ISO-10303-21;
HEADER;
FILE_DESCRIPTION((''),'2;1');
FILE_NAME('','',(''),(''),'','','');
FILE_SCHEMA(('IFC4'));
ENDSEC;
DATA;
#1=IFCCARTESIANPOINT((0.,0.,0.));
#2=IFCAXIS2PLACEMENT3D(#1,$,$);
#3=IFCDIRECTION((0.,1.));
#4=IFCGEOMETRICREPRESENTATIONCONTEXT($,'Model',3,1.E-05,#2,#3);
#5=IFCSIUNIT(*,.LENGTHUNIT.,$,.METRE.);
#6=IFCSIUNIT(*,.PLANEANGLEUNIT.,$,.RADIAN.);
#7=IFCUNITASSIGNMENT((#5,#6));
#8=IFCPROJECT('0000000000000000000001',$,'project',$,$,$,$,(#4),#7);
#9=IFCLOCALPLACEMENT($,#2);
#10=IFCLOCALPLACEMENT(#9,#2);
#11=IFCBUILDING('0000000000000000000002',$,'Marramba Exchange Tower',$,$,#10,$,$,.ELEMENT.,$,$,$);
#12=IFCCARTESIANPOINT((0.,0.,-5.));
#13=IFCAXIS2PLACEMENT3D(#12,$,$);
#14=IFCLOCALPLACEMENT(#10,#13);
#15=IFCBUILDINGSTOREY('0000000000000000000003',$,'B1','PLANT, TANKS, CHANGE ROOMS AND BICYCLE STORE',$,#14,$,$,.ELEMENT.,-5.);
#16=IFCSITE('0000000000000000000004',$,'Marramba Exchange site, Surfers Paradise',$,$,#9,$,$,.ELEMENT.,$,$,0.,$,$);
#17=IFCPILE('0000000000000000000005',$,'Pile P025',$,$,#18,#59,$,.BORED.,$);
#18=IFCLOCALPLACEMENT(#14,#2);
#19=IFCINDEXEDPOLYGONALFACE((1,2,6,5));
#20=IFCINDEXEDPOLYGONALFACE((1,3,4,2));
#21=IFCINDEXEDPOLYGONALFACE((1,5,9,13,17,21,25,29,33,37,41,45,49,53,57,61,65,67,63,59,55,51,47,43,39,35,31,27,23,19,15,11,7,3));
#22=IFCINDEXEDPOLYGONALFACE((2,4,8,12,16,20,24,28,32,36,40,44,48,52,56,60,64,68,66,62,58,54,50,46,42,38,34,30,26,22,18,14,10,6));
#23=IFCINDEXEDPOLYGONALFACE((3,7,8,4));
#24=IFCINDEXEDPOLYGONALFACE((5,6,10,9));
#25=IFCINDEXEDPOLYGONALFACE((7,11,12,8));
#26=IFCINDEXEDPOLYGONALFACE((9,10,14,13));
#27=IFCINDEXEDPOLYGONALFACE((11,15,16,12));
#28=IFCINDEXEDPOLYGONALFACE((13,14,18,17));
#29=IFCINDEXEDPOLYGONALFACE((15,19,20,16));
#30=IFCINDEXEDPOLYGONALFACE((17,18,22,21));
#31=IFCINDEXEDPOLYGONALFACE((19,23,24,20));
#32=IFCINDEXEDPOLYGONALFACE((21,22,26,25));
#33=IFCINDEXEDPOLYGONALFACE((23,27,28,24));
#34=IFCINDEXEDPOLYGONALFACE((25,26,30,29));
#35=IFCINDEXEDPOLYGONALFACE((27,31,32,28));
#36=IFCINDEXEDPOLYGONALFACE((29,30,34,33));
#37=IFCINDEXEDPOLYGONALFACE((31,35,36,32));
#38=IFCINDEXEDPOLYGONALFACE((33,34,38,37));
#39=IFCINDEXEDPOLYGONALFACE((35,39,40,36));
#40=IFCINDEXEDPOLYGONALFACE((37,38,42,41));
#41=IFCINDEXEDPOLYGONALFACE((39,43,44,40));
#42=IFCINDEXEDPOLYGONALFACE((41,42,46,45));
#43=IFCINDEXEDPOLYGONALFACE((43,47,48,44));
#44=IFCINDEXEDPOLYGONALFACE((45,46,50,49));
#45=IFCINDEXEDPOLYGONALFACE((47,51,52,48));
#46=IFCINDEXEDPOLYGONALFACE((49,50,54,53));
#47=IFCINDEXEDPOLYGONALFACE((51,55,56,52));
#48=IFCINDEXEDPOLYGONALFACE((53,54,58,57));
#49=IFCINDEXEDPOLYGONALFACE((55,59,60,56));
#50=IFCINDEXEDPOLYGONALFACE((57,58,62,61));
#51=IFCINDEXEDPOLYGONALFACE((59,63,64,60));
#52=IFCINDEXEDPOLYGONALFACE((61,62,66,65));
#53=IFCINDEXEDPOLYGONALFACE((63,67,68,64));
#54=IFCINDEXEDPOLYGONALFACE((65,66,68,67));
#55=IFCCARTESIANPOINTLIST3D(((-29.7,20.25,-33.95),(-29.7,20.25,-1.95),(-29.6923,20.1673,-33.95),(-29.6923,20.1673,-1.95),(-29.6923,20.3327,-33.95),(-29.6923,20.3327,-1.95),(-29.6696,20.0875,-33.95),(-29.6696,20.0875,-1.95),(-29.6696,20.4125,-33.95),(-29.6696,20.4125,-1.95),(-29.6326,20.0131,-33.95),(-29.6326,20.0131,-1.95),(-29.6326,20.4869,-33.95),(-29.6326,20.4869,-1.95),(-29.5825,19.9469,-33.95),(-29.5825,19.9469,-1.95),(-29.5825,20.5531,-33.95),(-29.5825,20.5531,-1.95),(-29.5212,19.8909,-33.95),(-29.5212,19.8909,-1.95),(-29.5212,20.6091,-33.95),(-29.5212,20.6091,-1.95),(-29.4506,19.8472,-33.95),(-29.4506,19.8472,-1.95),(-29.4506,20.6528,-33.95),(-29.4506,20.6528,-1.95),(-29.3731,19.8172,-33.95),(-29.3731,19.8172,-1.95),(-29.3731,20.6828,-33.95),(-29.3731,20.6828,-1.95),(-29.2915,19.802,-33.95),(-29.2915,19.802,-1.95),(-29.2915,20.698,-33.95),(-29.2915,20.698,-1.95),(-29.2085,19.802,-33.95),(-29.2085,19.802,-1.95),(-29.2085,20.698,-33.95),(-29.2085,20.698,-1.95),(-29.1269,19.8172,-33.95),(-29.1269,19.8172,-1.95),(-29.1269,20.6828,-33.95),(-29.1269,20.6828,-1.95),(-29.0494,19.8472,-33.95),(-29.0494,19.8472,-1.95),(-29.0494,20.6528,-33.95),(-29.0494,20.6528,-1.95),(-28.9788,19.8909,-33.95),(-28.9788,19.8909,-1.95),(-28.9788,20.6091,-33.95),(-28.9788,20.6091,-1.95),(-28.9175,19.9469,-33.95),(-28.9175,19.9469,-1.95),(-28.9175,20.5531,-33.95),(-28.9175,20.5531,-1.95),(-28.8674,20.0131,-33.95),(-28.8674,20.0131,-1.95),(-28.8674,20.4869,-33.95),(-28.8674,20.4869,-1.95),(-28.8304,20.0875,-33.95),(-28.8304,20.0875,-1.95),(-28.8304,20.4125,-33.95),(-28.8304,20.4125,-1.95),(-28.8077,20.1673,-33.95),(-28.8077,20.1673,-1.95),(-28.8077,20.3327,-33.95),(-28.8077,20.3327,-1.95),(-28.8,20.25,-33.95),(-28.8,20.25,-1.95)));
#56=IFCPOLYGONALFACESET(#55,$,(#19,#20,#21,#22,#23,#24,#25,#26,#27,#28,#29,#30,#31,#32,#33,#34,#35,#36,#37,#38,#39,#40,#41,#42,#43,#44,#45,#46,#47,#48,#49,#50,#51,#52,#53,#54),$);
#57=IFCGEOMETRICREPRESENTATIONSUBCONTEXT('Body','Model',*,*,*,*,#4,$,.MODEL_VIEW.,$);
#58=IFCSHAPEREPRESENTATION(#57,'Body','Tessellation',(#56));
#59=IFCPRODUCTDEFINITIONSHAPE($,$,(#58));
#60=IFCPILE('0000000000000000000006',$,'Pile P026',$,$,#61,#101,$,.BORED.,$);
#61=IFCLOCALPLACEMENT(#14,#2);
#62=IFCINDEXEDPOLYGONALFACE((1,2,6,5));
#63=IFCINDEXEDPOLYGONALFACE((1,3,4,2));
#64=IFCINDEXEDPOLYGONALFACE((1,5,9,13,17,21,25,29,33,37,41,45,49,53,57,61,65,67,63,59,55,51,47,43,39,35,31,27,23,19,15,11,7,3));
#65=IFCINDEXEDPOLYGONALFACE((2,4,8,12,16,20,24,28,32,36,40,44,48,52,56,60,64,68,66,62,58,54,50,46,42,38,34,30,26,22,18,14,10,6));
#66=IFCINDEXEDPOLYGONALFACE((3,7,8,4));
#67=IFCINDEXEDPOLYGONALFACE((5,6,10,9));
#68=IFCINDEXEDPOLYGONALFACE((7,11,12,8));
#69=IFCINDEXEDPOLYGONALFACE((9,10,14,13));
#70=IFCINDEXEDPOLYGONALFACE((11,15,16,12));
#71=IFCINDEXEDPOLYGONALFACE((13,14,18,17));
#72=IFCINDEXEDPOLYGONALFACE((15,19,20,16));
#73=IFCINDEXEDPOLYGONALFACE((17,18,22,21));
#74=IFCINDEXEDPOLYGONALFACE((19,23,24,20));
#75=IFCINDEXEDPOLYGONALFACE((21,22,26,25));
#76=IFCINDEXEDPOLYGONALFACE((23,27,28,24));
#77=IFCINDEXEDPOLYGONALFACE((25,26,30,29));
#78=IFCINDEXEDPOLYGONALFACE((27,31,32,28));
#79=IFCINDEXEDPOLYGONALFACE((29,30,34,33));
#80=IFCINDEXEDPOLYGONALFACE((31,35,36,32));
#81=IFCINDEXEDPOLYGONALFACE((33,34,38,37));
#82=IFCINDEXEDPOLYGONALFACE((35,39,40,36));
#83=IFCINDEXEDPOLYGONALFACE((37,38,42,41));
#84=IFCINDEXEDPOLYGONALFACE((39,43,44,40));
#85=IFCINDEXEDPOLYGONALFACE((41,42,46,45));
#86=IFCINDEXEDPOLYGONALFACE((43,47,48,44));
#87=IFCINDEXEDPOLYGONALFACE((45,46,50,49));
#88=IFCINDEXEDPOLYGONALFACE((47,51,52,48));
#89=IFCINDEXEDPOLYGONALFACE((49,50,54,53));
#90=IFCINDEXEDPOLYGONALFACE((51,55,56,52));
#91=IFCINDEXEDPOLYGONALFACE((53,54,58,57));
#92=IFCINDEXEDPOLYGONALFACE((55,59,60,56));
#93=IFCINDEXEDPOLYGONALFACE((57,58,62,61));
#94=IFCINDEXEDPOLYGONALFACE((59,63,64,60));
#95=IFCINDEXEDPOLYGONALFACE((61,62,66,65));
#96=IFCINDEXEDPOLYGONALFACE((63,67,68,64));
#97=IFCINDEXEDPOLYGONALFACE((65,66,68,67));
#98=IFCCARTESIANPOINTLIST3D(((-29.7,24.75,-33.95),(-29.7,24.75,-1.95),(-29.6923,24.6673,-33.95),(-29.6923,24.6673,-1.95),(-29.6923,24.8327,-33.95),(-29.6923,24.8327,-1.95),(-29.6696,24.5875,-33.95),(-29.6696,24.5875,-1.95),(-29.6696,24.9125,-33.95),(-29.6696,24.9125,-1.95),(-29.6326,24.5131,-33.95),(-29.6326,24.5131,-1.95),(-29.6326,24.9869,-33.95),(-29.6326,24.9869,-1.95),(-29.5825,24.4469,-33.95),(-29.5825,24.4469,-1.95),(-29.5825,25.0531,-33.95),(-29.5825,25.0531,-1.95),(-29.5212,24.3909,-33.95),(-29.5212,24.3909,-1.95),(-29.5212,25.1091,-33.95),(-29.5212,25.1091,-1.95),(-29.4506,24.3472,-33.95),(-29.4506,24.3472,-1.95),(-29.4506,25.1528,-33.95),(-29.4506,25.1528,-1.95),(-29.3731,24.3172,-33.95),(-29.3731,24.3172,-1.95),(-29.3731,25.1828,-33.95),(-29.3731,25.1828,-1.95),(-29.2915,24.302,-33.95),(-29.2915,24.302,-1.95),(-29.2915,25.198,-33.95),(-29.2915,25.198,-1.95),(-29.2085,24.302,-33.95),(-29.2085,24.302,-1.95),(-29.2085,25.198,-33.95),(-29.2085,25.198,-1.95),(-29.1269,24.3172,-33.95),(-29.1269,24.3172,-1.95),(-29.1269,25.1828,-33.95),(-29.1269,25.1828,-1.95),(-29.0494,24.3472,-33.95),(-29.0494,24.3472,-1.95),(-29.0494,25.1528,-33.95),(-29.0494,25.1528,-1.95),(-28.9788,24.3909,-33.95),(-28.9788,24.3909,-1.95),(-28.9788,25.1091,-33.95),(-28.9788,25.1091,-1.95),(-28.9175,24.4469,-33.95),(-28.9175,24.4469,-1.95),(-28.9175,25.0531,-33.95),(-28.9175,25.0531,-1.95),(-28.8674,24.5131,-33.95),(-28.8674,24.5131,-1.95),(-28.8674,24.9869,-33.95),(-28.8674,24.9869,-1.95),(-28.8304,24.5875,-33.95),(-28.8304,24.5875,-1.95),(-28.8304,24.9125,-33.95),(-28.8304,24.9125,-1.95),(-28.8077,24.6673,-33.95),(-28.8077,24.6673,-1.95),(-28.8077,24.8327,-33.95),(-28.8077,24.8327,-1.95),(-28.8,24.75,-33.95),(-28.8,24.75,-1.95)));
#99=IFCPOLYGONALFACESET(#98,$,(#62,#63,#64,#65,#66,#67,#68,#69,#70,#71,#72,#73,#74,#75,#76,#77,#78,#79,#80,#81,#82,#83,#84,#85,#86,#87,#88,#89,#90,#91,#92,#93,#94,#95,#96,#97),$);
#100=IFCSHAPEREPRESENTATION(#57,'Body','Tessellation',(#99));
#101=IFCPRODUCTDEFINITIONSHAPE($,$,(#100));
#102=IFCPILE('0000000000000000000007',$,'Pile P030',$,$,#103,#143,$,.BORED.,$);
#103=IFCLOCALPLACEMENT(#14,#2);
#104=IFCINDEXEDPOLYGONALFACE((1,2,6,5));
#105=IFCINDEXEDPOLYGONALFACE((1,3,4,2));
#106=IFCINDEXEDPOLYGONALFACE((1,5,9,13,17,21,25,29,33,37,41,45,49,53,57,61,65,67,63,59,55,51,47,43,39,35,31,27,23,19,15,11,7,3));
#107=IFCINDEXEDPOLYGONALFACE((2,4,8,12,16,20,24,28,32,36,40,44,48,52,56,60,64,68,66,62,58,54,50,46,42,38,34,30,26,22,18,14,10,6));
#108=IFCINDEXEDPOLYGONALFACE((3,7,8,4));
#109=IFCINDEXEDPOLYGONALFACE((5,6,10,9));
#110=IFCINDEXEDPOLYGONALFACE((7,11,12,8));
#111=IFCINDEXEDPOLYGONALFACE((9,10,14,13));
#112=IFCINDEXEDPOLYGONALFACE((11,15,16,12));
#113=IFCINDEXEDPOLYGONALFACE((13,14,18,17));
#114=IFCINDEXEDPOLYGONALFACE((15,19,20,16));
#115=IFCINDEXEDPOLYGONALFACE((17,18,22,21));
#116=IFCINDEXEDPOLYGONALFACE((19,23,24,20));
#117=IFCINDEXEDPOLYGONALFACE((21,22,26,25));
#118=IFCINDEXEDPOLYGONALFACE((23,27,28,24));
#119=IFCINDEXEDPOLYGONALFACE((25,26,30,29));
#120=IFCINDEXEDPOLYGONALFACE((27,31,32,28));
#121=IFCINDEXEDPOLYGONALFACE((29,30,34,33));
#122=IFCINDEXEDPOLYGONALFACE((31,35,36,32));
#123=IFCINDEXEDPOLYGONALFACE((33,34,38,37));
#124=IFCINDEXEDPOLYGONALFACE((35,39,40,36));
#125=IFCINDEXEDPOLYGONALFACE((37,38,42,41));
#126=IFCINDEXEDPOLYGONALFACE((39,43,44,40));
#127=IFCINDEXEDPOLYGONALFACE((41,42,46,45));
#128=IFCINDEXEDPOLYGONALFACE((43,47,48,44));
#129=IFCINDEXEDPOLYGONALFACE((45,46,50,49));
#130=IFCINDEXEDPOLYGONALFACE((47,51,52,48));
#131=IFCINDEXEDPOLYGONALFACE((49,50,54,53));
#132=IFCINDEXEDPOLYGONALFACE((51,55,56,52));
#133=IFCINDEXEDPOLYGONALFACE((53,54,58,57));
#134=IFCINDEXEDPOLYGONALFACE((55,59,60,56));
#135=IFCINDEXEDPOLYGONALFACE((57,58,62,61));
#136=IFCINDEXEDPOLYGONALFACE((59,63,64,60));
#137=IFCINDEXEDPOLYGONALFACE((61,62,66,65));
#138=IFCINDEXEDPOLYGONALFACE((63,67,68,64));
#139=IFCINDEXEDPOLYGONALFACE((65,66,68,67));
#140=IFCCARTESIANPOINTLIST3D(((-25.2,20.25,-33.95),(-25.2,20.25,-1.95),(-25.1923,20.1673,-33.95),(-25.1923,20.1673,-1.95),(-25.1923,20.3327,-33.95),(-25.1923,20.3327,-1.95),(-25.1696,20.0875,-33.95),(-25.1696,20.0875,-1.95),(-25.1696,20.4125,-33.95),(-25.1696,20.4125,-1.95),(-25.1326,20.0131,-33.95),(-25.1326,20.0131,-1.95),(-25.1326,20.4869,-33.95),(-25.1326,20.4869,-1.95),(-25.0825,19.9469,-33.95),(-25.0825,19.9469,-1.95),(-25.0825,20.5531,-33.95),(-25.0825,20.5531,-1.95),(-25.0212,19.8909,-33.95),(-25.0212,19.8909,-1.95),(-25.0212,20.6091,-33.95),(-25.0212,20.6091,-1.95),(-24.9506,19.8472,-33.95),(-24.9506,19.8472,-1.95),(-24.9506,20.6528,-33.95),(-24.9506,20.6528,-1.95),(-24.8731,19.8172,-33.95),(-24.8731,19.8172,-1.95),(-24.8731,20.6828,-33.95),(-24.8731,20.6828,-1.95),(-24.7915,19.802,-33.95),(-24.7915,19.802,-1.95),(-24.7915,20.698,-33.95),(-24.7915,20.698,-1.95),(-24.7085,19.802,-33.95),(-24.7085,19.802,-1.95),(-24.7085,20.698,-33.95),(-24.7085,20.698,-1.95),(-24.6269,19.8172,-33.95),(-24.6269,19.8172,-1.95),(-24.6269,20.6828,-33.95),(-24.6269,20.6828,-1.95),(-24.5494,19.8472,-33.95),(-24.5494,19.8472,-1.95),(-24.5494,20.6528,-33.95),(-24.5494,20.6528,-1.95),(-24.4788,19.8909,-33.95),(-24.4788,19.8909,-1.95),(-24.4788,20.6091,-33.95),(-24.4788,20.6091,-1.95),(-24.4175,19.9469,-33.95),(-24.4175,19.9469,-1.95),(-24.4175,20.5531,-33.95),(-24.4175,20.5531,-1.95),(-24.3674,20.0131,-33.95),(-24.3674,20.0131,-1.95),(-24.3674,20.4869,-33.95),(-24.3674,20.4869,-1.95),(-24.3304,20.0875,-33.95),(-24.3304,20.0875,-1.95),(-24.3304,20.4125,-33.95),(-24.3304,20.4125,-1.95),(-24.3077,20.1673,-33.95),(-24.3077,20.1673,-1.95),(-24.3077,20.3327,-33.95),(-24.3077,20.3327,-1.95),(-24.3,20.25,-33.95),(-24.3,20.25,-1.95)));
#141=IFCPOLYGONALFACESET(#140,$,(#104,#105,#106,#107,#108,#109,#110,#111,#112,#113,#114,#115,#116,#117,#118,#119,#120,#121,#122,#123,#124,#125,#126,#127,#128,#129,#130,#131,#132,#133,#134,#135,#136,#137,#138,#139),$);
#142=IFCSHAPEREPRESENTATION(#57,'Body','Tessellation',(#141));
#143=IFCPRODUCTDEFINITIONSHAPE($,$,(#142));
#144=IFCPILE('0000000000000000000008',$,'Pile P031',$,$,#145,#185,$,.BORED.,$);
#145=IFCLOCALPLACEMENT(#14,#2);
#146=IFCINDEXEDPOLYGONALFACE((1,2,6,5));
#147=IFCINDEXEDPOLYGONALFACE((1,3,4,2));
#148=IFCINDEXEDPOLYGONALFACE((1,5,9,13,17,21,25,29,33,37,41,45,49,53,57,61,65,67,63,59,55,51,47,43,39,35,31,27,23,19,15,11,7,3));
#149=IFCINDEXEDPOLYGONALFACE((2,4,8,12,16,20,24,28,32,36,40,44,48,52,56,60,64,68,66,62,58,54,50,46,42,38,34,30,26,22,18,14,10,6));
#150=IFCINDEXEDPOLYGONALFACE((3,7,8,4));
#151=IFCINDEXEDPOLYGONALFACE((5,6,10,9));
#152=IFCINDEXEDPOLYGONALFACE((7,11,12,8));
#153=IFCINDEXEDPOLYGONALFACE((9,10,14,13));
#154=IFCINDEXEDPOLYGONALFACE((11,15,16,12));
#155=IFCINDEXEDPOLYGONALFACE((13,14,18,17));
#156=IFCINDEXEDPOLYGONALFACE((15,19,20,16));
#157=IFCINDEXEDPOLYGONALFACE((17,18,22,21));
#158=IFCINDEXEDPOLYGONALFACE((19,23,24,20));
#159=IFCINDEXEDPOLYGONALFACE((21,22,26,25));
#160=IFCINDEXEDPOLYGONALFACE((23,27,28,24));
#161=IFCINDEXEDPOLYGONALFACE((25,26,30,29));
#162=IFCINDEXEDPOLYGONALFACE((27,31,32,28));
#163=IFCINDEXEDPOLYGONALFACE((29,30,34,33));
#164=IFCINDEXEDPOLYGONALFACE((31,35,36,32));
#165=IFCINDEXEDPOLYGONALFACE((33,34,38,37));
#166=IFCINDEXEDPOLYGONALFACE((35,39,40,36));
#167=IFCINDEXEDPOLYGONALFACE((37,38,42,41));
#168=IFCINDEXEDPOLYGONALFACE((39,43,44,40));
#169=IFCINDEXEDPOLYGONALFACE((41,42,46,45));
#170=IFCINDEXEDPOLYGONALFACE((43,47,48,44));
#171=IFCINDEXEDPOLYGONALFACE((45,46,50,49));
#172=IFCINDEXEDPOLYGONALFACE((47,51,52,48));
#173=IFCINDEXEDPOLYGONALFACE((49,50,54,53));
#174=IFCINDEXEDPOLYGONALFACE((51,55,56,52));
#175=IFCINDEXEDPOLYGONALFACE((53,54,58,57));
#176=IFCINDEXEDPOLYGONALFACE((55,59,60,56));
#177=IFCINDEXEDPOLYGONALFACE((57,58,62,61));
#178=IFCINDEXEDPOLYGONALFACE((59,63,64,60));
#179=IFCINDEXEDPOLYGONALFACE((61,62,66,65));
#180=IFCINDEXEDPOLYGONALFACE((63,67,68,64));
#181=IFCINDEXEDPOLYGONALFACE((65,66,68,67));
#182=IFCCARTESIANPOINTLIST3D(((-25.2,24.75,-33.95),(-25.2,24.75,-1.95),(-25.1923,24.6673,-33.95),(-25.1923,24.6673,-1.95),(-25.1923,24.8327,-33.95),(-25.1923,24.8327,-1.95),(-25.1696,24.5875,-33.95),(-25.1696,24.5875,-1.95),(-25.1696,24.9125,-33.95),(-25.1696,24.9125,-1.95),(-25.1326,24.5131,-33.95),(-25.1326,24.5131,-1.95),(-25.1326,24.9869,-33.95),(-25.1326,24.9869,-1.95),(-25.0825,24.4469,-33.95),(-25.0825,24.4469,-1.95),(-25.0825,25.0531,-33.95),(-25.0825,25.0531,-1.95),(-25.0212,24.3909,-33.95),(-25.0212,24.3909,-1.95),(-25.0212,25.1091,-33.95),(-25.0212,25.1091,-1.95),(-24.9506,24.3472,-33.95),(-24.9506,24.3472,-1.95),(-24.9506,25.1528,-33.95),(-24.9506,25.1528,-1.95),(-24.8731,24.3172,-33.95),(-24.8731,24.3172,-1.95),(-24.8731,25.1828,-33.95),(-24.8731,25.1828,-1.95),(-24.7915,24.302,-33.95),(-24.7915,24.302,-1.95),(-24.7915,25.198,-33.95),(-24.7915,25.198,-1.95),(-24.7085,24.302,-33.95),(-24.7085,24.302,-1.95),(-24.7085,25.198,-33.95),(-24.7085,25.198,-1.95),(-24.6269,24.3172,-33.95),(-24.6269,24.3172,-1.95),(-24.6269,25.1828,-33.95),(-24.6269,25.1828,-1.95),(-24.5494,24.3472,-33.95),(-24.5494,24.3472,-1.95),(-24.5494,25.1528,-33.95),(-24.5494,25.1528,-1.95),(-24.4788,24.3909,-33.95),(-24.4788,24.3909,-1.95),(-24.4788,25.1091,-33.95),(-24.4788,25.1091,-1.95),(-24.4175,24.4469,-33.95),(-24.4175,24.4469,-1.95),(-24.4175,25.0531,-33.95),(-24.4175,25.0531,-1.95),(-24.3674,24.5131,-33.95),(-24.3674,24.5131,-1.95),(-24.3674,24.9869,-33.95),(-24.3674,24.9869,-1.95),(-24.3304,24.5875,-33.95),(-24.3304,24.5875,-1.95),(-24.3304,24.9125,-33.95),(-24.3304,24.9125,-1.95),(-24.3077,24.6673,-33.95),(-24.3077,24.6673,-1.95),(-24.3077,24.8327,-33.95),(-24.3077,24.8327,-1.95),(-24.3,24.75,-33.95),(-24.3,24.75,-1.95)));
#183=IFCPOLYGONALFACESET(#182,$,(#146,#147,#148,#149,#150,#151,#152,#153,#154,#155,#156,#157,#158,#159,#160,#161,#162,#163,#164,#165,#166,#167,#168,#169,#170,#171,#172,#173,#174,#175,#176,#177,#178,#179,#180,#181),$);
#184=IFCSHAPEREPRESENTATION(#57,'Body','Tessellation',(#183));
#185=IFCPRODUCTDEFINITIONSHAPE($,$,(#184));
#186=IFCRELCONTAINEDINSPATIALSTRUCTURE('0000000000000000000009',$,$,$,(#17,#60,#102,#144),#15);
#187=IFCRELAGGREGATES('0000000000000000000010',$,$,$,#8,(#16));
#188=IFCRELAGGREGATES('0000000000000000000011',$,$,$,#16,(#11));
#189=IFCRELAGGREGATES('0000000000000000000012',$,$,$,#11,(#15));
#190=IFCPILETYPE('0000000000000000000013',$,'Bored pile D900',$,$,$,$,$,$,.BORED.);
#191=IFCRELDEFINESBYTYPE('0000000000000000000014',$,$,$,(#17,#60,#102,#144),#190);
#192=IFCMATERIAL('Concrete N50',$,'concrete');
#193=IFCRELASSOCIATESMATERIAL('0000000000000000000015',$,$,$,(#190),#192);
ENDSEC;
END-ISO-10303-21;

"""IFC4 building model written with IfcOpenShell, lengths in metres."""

from ifc_helpers import new_model, si_unit, direction, frame, origin, origin_2d, place, context, subcontext, project, spatial, circle, extrude, material, material_profile, profile_set, type_object, element, save


model = new_model("IFC4")

# Units and contexts
model_context = context("Model", 3, precision=1e-05, world=origin(), true_north=direction((0.0, 1.0)))
body_context = subcontext(model_context, "Body", "Model", "MODEL_VIEW")
ifc_project = project(units=[si_unit("LENGTHUNIT", "METRE"), si_unit("PLANEANGLEUNIT", "RADIAN")], contexts=[model_context])

# Site, building, storey
site_placement = place(None, origin())
site = spatial("IfcSite", under=ifc_project, at=site_placement, Name="Marramba Exchange site, Surfers Paradise", CompositionType="ELEMENT", RefElevation=0.0)
building_placement = place(site_placement, origin())
building = spatial("IfcBuilding", under=site, at=building_placement, Name="Marramba Exchange Tower", CompositionType="ELEMENT")
storey_placement = place(building_placement, frame((0.0, 0.0, -5.0)))
storey = spatial("IfcBuildingStorey", under=building, at=storey_placement, Name="B1", Description="PLANT, TANKS, CHANGE ROOMS AND BICYCLE STORE", CompositionType="ELEMENT", Elevation=-5.0)

# Piles
ifc_material_1 = material(Name="Concrete N50", Category="concrete")
ifc_material_profile_1 = material_profile(ifc_material_1, circle(Radius=0.45, at=origin_2d()), Name="BP D900")
ifc_profile_set_1 = profile_set([ifc_material_profile_1], Name="Concrete N50")
pile_type = type_object("IfcPileType", Name="Bored pile D900", PredefinedType="BORED", material=ifc_profile_set_1)
for number, where, z_axis, x_axis, name in (
    (1, (-29.25, 20.25, -1.95), (0.0, 0.0, -1.0), (1.0, 0.0, 0.0), "Pile P025"),
    (2, (-29.25, 24.75, -1.95), (0.0, 0.0, -1.0), (1.0, 0.0, 0.0), "Pile P026"),
    (3, (-24.75, 20.25, -1.95), (0.0, 0.0, -1.0), (1.0, 0.0, 0.0), "Pile P030"),
    (4, (-24.75, 24.75, -1.95), (0.0, 0.0, -1.0), (1.0, 0.0, 0.0), "Pile P031"),
):
    element("IfcPile", number, at=place(storey_placement, frame(where, z_axis=z_axis, x_axis=x_axis)), inside=storey, type_object=pile_type, Name=name, PredefinedType="BORED", context=body_context, shape_type="SweptSolid", body=[
        extrude(circle(Radius=0.45, at=origin_2d()), origin(), (0.0, 0.0, 1.0), 32.0),
    ])

save(model, "model.ifc")
